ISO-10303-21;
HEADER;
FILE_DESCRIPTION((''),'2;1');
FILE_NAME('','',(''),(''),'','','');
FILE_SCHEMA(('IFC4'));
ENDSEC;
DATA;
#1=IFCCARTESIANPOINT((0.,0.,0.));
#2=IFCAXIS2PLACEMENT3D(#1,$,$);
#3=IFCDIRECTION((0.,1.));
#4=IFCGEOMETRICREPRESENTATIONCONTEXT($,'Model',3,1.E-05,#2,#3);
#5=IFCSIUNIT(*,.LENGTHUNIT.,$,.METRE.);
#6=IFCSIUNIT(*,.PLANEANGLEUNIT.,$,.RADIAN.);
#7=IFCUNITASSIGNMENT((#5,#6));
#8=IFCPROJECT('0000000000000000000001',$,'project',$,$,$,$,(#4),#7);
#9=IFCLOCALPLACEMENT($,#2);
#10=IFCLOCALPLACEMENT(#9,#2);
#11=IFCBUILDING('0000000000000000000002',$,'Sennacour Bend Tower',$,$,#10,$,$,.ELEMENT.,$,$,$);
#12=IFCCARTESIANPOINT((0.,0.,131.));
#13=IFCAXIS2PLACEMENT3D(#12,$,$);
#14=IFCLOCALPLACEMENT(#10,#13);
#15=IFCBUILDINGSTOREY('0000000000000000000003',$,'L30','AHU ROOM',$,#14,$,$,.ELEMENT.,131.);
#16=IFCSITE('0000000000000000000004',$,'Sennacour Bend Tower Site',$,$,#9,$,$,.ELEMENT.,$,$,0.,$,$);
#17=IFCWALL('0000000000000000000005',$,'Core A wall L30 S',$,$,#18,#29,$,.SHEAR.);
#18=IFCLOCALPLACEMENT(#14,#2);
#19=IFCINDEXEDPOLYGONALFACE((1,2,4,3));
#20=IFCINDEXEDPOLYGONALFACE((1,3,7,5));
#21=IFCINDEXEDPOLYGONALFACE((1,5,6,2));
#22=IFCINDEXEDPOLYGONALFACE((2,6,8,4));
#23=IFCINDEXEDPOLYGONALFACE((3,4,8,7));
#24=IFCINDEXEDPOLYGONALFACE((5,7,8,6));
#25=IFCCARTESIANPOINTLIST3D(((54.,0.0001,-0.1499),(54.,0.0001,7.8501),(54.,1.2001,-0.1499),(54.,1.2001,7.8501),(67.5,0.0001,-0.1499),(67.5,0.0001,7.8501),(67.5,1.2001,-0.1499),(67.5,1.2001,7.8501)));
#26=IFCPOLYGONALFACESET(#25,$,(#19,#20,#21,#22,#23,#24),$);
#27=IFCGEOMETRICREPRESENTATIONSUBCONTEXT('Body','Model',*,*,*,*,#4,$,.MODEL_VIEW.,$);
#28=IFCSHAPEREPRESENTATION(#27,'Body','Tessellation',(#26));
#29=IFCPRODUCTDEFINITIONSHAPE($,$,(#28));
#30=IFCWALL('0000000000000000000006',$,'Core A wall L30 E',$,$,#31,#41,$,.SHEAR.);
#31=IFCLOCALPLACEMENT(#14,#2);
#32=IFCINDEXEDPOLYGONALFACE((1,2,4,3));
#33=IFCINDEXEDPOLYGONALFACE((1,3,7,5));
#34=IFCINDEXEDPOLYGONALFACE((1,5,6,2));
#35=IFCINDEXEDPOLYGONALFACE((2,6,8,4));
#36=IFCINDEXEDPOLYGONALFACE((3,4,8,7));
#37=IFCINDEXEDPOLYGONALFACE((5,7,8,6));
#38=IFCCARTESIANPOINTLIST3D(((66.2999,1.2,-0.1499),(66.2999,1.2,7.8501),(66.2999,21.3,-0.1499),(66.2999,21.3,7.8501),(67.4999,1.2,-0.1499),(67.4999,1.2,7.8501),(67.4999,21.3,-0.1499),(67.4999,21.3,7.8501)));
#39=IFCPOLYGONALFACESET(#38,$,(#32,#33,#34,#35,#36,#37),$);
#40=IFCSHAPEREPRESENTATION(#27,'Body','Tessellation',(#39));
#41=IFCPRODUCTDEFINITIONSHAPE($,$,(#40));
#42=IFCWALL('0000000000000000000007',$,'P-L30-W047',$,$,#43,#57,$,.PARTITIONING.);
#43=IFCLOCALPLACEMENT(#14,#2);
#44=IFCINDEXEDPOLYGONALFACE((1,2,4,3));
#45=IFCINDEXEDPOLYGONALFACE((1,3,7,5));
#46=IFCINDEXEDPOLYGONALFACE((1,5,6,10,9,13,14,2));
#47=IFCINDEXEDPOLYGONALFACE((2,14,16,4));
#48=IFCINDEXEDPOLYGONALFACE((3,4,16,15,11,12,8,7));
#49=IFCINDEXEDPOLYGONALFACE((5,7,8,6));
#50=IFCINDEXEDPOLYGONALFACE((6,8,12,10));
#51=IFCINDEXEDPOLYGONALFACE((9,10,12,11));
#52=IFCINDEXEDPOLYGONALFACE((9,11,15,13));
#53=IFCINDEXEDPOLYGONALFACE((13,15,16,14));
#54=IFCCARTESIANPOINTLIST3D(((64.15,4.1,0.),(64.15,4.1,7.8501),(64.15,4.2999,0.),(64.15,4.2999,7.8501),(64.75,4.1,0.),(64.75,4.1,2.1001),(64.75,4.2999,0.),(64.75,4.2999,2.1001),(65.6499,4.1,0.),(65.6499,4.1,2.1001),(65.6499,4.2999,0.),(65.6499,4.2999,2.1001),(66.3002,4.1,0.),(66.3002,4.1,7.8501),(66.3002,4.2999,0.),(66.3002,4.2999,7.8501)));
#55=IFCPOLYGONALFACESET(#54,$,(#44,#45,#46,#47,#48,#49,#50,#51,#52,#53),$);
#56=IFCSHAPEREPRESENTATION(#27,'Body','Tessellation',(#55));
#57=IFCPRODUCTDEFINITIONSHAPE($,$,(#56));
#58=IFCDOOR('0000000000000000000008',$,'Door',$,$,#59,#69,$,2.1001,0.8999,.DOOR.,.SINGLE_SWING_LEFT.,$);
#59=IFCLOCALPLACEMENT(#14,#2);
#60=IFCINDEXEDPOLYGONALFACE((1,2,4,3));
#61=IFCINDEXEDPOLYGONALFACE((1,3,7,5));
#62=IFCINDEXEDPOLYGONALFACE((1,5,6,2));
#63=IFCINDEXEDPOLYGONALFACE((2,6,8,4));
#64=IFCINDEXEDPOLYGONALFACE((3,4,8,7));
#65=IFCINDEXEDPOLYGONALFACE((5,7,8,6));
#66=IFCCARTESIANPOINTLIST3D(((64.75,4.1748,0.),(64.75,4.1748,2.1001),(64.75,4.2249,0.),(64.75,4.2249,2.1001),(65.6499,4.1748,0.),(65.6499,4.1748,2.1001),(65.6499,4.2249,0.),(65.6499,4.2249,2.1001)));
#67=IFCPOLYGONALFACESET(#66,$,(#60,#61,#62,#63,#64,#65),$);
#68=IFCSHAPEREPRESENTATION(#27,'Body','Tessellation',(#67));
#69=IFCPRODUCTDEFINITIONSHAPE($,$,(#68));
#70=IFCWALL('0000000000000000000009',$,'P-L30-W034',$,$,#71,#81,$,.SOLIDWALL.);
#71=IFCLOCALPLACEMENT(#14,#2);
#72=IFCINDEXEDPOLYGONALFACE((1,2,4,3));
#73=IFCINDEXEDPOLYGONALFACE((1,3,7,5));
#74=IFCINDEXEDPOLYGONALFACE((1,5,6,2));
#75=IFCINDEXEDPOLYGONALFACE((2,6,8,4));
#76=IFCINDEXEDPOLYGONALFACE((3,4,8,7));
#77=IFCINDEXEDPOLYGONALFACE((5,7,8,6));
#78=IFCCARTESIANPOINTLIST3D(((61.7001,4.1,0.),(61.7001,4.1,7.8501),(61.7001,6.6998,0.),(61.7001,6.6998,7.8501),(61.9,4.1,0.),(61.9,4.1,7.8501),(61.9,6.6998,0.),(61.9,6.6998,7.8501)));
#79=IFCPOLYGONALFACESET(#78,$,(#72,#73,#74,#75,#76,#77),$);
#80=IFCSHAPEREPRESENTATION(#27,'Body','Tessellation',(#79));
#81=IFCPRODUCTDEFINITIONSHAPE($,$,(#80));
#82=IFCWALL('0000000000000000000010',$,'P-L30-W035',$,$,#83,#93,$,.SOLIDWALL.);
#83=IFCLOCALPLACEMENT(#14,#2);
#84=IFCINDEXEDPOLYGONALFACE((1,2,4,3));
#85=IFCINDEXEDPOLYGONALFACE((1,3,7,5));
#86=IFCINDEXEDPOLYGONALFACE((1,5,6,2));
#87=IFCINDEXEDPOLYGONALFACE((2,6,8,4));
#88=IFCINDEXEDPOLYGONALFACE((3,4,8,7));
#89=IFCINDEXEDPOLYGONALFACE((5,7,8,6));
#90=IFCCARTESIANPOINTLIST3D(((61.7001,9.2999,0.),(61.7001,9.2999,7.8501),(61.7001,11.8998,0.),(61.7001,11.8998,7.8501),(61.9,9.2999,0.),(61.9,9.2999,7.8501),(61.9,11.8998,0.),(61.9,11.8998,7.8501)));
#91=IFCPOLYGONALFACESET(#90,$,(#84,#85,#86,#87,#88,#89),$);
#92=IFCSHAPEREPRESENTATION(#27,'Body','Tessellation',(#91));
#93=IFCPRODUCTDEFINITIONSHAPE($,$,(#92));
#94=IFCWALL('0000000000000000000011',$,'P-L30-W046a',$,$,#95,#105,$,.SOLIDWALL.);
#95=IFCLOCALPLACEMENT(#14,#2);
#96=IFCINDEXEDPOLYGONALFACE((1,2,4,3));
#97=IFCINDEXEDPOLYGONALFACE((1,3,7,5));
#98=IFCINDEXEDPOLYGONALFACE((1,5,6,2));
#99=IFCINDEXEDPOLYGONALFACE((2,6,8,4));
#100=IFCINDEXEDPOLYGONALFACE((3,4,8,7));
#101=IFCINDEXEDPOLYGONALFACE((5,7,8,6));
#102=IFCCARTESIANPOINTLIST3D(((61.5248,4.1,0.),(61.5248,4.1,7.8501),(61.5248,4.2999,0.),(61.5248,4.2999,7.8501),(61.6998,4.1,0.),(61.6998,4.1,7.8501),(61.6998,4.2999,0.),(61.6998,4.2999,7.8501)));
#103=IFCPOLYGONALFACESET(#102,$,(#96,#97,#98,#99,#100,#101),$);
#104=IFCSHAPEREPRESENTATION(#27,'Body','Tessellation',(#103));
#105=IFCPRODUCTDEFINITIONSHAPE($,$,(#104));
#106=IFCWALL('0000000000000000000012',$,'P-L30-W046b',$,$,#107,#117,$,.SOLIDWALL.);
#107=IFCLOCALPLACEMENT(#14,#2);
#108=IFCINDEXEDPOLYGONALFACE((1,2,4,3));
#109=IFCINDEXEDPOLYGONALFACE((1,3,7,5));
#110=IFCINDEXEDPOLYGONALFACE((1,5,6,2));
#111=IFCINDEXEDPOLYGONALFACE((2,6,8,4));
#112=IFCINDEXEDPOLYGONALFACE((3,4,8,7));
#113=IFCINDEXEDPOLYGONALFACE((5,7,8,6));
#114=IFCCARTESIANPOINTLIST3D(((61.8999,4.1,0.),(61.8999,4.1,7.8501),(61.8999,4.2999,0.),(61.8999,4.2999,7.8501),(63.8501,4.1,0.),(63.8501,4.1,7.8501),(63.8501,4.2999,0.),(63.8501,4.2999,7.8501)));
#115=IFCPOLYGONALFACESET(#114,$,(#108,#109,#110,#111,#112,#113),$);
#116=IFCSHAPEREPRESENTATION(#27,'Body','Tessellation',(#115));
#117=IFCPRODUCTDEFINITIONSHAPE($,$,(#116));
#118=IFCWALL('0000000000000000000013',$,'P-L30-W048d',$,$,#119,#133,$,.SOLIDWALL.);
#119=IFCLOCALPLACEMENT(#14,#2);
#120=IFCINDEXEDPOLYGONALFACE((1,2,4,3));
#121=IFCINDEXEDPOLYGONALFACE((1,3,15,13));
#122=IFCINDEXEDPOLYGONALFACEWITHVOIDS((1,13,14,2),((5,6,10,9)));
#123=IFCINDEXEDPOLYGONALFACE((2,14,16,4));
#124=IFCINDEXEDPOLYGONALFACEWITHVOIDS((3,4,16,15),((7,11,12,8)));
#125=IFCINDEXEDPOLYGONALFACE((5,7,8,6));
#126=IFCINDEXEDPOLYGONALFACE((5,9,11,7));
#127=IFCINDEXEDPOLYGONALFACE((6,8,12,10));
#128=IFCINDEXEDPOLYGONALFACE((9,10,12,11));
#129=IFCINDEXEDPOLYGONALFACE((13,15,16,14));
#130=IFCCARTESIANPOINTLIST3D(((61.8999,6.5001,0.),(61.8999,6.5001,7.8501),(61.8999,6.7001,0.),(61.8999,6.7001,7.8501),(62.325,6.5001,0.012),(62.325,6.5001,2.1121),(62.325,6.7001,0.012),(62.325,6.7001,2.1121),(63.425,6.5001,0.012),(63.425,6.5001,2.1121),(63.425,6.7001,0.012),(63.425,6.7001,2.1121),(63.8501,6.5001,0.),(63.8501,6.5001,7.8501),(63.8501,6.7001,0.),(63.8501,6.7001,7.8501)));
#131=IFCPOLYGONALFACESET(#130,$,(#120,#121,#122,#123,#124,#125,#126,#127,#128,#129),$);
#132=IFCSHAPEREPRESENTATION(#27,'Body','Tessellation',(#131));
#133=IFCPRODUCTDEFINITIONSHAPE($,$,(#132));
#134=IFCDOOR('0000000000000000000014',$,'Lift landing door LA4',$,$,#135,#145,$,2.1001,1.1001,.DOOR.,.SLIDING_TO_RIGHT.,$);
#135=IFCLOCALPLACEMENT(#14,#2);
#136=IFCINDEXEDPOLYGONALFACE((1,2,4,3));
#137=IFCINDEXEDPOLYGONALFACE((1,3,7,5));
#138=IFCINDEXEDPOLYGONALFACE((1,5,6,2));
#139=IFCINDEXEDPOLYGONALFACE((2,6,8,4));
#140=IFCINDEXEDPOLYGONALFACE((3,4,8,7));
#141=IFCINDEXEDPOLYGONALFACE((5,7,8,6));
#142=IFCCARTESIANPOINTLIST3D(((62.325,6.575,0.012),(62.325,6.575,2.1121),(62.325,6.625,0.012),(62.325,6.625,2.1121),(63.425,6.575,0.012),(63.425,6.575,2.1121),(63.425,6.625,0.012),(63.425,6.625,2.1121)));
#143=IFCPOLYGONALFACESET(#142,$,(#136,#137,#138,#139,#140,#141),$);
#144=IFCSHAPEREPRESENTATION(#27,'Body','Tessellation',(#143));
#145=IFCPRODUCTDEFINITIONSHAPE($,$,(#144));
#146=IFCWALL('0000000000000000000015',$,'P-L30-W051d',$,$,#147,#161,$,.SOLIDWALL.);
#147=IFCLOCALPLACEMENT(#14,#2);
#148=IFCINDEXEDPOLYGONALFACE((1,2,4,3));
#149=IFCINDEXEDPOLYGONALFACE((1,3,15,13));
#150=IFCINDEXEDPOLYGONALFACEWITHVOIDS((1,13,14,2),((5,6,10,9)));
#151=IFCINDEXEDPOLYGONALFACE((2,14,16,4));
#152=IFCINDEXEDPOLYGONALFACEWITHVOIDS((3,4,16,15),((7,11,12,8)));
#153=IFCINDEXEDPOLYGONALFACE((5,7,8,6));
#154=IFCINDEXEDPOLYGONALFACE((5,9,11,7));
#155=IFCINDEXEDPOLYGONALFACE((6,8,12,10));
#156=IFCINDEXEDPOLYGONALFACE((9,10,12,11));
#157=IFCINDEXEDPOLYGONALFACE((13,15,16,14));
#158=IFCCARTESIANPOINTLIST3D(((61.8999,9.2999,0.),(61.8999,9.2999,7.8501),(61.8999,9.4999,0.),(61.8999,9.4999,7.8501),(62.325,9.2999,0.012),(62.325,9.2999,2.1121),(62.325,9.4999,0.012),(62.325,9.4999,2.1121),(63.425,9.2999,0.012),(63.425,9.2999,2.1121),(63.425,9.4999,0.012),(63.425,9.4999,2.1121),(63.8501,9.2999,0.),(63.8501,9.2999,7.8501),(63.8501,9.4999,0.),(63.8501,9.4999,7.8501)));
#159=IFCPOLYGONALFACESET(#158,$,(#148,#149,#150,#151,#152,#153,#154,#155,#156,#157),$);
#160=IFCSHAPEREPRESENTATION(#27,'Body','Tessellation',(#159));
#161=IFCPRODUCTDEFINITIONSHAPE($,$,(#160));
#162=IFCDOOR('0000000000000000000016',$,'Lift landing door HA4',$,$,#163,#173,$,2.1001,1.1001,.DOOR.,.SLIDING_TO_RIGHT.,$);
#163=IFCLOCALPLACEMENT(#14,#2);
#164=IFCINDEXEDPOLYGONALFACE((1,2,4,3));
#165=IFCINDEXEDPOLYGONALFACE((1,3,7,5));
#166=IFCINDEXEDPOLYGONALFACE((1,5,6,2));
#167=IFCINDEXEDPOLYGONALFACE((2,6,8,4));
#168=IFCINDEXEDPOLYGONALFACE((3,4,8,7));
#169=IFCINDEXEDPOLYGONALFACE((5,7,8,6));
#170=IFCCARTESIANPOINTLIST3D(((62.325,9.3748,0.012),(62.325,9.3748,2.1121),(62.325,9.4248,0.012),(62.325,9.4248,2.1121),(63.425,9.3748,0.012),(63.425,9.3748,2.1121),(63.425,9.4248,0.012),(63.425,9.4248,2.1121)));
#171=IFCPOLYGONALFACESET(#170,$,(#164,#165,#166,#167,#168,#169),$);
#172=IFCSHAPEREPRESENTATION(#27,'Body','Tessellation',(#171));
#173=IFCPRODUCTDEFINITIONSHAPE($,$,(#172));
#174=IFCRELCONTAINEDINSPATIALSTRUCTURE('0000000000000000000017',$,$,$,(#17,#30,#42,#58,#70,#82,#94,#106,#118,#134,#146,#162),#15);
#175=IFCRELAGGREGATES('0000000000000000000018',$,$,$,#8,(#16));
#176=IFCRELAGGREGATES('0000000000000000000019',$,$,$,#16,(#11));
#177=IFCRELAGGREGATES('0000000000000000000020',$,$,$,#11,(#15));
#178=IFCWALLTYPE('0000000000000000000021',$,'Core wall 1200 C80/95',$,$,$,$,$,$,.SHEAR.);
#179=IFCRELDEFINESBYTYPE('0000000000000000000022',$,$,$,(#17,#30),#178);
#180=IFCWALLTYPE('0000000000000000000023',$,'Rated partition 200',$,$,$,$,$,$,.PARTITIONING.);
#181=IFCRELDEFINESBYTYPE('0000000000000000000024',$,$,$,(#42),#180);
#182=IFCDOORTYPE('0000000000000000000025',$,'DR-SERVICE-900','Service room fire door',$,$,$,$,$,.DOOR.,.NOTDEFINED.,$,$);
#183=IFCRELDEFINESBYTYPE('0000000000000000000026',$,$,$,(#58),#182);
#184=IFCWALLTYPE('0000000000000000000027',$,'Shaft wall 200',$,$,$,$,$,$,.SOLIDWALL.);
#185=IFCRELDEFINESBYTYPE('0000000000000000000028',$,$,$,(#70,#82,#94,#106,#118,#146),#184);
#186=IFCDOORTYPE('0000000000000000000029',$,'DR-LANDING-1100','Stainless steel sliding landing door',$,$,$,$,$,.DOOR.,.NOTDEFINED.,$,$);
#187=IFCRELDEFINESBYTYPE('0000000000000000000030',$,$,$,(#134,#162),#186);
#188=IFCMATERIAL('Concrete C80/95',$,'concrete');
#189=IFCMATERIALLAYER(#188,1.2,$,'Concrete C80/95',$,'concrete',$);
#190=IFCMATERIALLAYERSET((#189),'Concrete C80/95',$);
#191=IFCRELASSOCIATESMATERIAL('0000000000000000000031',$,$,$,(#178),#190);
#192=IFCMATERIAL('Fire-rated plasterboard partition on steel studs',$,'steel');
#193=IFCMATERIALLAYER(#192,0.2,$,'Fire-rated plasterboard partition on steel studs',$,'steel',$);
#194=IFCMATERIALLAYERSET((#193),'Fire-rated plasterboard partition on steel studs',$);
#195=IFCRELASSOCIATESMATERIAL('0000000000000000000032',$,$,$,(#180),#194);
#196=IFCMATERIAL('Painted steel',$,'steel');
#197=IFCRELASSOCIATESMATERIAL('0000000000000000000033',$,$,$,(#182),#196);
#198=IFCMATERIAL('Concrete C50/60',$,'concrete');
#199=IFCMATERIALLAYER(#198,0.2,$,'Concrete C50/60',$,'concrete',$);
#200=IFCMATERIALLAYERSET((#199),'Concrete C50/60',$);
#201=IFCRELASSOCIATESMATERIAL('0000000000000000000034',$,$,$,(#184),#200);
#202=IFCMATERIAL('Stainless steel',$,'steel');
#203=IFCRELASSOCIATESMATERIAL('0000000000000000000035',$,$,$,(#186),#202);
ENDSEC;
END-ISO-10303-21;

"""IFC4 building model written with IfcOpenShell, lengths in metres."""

from ifc_helpers import new_model, si_unit, direction, frame, frame_2d, origin, place, context, subcontext, project, spatial, rectangle, extrude, material, layer, layer_set, type_object, element, fill, save


model = new_model("IFC4")

# Units and contexts
model_context = context("Model", 3, precision=1e-05, world=origin(), true_north=direction((0.0, 1.0)))
body_context = subcontext(model_context, "Body", "Model", "MODEL_VIEW")
ifc_project = project(units=[si_unit("LENGTHUNIT", "METRE"), si_unit("PLANEANGLEUNIT", "RADIAN")], contexts=[model_context])

# Site, building, storey
site_placement = place(None, origin())
site = spatial("IfcSite", under=ifc_project, at=site_placement, Name="Sennacour Bend Tower Site", CompositionType="ELEMENT", RefElevation=0.0)
building_placement = place(site_placement, origin())
building = spatial("IfcBuilding", under=site, at=building_placement, Name="Sennacour Bend Tower", CompositionType="ELEMENT")
storey_placement = place(building_placement, frame((0.0, 0.0, 131.0)))
storey = spatial("IfcBuildingStorey", under=building, at=storey_placement, Name="L30", Description="AHU ROOM", CompositionType="ELEMENT", Elevation=131.0)

# Walls
ifc_material_1 = material(Name="Concrete C80/95", Category="concrete")
ifc_layer_1 = layer(ifc_material_1, 1.2, Name="Concrete C80/95", Category="concrete")
ifc_layer_set_1 = layer_set([ifc_layer_1], Name="Concrete C80/95")
wall_type_1 = type_object("IfcWallType", Name="Core wall 1200 C80/95", PredefinedType="SHEAR", material=ifc_layer_set_1)
wall_1_placement = place(storey_placement, frame((67.5, 0.6001, -0.1499), z_axis=(0.0, 0.0, 1.0), x_axis=(-1.0, 0.0, 0.0)))
element("IfcWall", 1, at=wall_1_placement, inside=storey, type_object=wall_type_1, Name="Core A wall L30 S", PredefinedType="SHEAR", context=body_context, shape_type="SweptSolid", body=[
    extrude(rectangle(XDim=13.5, YDim=1.2, at=frame_2d((6.75, 0.0))), origin(), (0.0, 0.0, 1.0), 8.0),
])
wall_2_placement = place(storey_placement, frame((66.8999, 1.2, -0.1499), z_axis=(0.0, 0.0, 1.0), x_axis=(0.0, 1.0, 0.0)))
element("IfcWall", 2, at=wall_2_placement, inside=storey, type_object=wall_type_1, Name="Core A wall L30 E", PredefinedType="SHEAR", context=body_context, shape_type="SweptSolid", body=[
    extrude(rectangle(XDim=20.1001, YDim=1.2, at=frame_2d((10.05, 0.0))), origin(), (0.0, 0.0, 1.0), 8.0),
])

# Wall, opening, door
ifc_material_2 = material(Name="Fire-rated plasterboard partition on steel studs", Category="steel")
ifc_layer_2 = layer(ifc_material_2, 0.2, Name="Fire-rated plasterboard partition on steel studs", Category="steel")
ifc_layer_set_2 = layer_set([ifc_layer_2], Name="Fire-rated plasterboard partition on steel studs")
wall_type_2 = type_object("IfcWallType", Name="Rated partition 200", PredefinedType="PARTITIONING", material=ifc_layer_set_2)
wall_3_placement = place(storey_placement, frame((64.1499, 4.2, 0.0), z_axis=(0.0, 0.0, 1.0), x_axis=(1.0, 0.0, 0.0)))
wall_3 = element("IfcWall", 3, at=wall_3_placement, inside=storey, type_object=wall_type_2, Name="P-L30-W047", PredefinedType="PARTITIONING", context=body_context, shape_type="SweptSolid", body=[
    extrude(rectangle(XDim=2.1501, YDim=0.2, at=frame_2d((1.0752, 0.0))), origin(), (0.0, 0.0, 1.0), 7.8501),
])
opening_1_placement = place(wall_3_placement, frame((0.6001, 0.0, 0.0)))
opening_1 = element("IfcOpeningElement", 4, at=opening_1_placement, cuts=wall_3, PredefinedType="OPENING", context=body_context, shape_type="SweptSolid", body=[
    extrude(rectangle(XDim=0.8999, YDim=2.1001, at=frame_2d((0.45, 1.05))), frame((0.0, 0.1099, 0.0), z_axis=(0.0, -1.0, 0.0), x_axis=(1.0, 0.0, 0.0)), (0.0, 0.0, 1.0), 0.22),
])
ifc_material_3 = material(Name="Painted steel", Category="steel")
door_type_1 = type_object("IfcDoorType", Name="DR-SERVICE-900", Description="Service room fire door", OperationType="NOTDEFINED", PredefinedType="DOOR", material=ifc_material_3)
door_1_placement = place(opening_1_placement, origin())
door_1 = element("IfcDoor", 5, at=door_1_placement, inside=storey, type_object=door_type_1, Name="Door", OperationType="SINGLE_SWING_LEFT", OverallHeight=2.1001, OverallWidth=0.8999, PredefinedType="DOOR", context=body_context, shape_type="SweptSolid", body=[
    extrude(rectangle(XDim=0.8999, YDim=2.1001, at=frame_2d((0.45, 1.05))), frame((0.0, 0.0249, 0.0), z_axis=(0.0, -1.0, 0.0), x_axis=(1.0, 0.0, 0.0)), (0.0, 0.0, 1.0), 0.05),
])
fill(opening_1, door_1)

# Walls
ifc_material_4 = material(Name="Concrete C50/60", Category="concrete")
ifc_layer_3 = layer(ifc_material_4, 0.2, Name="Concrete C50/60", Category="concrete")
ifc_layer_set_3 = layer_set([ifc_layer_3], Name="Concrete C50/60")
wall_type_3 = type_object("IfcWallType", Name="Shaft wall 200", PredefinedType="SOLIDWALL", material=ifc_layer_set_3)
for number, where, z_axis, x_axis, name in (
    (6, (61.8, 4.1001, 0.0), (0.0, 0.0, 1.0), (0.0, 1.0, 0.0), "P-L30-W034"),
    (7, (61.8, 9.3, 0.0), (0.0, 0.0, 1.0), (0.0, 1.0, 0.0), "P-L30-W035"),
):
    element("IfcWall", number, at=place(storey_placement, frame(where, z_axis=z_axis, x_axis=x_axis)), inside=storey, type_object=wall_type_3, Name=name, PredefinedType="SOLIDWALL", context=body_context, shape_type="SweptSolid", body=[
        extrude(rectangle(XDim=2.5999, YDim=0.2, at=frame_2d((1.2998, 0.0))), origin(), (0.0, 0.0, 1.0), 7.8501),
    ])
wall_4_placement = place(storey_placement, frame((61.5249, 4.2, 0.0), z_axis=(0.0, 0.0, 1.0), x_axis=(1.0, 0.0, 0.0)))
element("IfcWall", 8, at=wall_4_placement, inside=storey, type_object=wall_type_3, Name="P-L30-W046a", PredefinedType="SOLIDWALL", context=body_context, shape_type="SweptSolid", body=[
    extrude(rectangle(XDim=0.175, YDim=0.2, at=frame_2d((0.0874, 0.0))), origin(), (0.0, 0.0, 1.0), 7.8501),
])
wall_5_placement = place(storey_placement, frame((61.8999, 4.2, 0.0), z_axis=(0.0, 0.0, 1.0), x_axis=(1.0, 0.0, 0.0)))
element("IfcWall", 9, at=wall_5_placement, inside=storey, type_object=wall_type_3, Name="P-L30-W046b", PredefinedType="SOLIDWALL", context=body_context, shape_type="SweptSolid", body=[
    extrude(rectangle(XDim=1.9502, YDim=0.2, at=frame_2d((0.9751, 0.0))), origin(), (0.0, 0.0, 1.0), 7.8501),
])

# Walls, openings, doors
wall_6_placement = place(storey_placement, frame((61.8999, 6.6001, 0.0), z_axis=(0.0, 0.0, 1.0), x_axis=(1.0, 0.0, 0.0)))
wall_6 = element("IfcWall", 10, at=wall_6_placement, inside=storey, type_object=wall_type_3, Name="P-L30-W048d", PredefinedType="SOLIDWALL", context=body_context, shape_type="SweptSolid", body=[
    extrude(rectangle(XDim=1.9502, YDim=0.2, at=frame_2d((0.9751, 0.0))), origin(), (0.0, 0.0, 1.0), 7.8501),
])
opening_2_placement = place(wall_6_placement, frame((0.425, 0.0, 0.012)))
opening_2 = element("IfcOpeningElement", 11, at=opening_2_placement, cuts=wall_6, PredefinedType="OPENING", context=body_context, shape_type="SweptSolid", body=[
    extrude(rectangle(XDim=1.1001, YDim=2.1001, at=frame_2d((0.55, 1.05))), frame((0.0, 0.1099, 0.0), z_axis=(0.0, -1.0, 0.0), x_axis=(1.0, 0.0, 0.0)), (0.0, 0.0, 1.0), 0.22),
])
ifc_material_5 = material(Name="Stainless steel", Category="steel")
door_type_2 = type_object("IfcDoorType", Name="DR-LANDING-1100", Description="Stainless steel sliding landing door", OperationType="NOTDEFINED", PredefinedType="DOOR", material=ifc_material_5)
door_2_placement = place(opening_2_placement, origin())
door_2 = element("IfcDoor", 12, at=door_2_placement, inside=storey, type_object=door_type_2, Name="Lift landing door LA4", OperationType="SLIDING_TO_RIGHT", OverallHeight=2.1001, OverallWidth=1.1001, PredefinedType="DOOR", context=body_context, shape_type="SweptSolid", body=[
    extrude(rectangle(XDim=1.1001, YDim=2.1001, at=frame_2d((0.55, 1.05))), frame((0.0, 0.0249, 0.0), z_axis=(0.0, -1.0, 0.0), x_axis=(1.0, 0.0, 0.0)), (0.0, 0.0, 1.0), 0.05),
])
fill(opening_2, door_2)
wall_7_placement = place(storey_placement, frame((61.8999, 9.3999, 0.0), z_axis=(0.0, 0.0, 1.0), x_axis=(1.0, 0.0, 0.0)))
wall_7 = element("IfcWall", 13, at=wall_7_placement, inside=storey, type_object=wall_type_3, Name="P-L30-W051d", PredefinedType="SOLIDWALL", context=body_context, shape_type="SweptSolid", body=[
    extrude(rectangle(XDim=1.9502, YDim=0.2, at=frame_2d((0.9751, 0.0))), origin(), (0.0, 0.0, 1.0), 7.8501),
])
opening_3_placement = place(wall_7_placement, frame((0.425, 0.0, 0.012)))
opening_3 = element("IfcOpeningElement", 14, at=opening_3_placement, cuts=wall_7, PredefinedType="OPENING", context=body_context, shape_type="SweptSolid", body=[
    extrude(rectangle(XDim=1.1001, YDim=2.1001, at=frame_2d((0.55, 1.05))), frame((0.0, 0.1099, 0.0), z_axis=(0.0, -1.0, 0.0), x_axis=(1.0, 0.0, 0.0)), (0.0, 0.0, 1.0), 0.22),
])
door_3_placement = place(opening_3_placement, origin())
door_3 = element("IfcDoor", 15, at=door_3_placement, inside=storey, type_object=door_type_2, Name="Lift landing door HA4", OperationType="SLIDING_TO_RIGHT", OverallHeight=2.1001, OverallWidth=1.1001, PredefinedType="DOOR", context=body_context, shape_type="SweptSolid", body=[
    extrude(rectangle(XDim=1.1001, YDim=2.1001, at=frame_2d((0.55, 1.05))), frame((0.0, 0.0249, 0.0), z_axis=(0.0, -1.0, 0.0), x_axis=(1.0, 0.0, 0.0)), (0.0, 0.0, 1.0), 0.05),
])
fill(opening_3, door_3)

save(model, "model.ifc")
